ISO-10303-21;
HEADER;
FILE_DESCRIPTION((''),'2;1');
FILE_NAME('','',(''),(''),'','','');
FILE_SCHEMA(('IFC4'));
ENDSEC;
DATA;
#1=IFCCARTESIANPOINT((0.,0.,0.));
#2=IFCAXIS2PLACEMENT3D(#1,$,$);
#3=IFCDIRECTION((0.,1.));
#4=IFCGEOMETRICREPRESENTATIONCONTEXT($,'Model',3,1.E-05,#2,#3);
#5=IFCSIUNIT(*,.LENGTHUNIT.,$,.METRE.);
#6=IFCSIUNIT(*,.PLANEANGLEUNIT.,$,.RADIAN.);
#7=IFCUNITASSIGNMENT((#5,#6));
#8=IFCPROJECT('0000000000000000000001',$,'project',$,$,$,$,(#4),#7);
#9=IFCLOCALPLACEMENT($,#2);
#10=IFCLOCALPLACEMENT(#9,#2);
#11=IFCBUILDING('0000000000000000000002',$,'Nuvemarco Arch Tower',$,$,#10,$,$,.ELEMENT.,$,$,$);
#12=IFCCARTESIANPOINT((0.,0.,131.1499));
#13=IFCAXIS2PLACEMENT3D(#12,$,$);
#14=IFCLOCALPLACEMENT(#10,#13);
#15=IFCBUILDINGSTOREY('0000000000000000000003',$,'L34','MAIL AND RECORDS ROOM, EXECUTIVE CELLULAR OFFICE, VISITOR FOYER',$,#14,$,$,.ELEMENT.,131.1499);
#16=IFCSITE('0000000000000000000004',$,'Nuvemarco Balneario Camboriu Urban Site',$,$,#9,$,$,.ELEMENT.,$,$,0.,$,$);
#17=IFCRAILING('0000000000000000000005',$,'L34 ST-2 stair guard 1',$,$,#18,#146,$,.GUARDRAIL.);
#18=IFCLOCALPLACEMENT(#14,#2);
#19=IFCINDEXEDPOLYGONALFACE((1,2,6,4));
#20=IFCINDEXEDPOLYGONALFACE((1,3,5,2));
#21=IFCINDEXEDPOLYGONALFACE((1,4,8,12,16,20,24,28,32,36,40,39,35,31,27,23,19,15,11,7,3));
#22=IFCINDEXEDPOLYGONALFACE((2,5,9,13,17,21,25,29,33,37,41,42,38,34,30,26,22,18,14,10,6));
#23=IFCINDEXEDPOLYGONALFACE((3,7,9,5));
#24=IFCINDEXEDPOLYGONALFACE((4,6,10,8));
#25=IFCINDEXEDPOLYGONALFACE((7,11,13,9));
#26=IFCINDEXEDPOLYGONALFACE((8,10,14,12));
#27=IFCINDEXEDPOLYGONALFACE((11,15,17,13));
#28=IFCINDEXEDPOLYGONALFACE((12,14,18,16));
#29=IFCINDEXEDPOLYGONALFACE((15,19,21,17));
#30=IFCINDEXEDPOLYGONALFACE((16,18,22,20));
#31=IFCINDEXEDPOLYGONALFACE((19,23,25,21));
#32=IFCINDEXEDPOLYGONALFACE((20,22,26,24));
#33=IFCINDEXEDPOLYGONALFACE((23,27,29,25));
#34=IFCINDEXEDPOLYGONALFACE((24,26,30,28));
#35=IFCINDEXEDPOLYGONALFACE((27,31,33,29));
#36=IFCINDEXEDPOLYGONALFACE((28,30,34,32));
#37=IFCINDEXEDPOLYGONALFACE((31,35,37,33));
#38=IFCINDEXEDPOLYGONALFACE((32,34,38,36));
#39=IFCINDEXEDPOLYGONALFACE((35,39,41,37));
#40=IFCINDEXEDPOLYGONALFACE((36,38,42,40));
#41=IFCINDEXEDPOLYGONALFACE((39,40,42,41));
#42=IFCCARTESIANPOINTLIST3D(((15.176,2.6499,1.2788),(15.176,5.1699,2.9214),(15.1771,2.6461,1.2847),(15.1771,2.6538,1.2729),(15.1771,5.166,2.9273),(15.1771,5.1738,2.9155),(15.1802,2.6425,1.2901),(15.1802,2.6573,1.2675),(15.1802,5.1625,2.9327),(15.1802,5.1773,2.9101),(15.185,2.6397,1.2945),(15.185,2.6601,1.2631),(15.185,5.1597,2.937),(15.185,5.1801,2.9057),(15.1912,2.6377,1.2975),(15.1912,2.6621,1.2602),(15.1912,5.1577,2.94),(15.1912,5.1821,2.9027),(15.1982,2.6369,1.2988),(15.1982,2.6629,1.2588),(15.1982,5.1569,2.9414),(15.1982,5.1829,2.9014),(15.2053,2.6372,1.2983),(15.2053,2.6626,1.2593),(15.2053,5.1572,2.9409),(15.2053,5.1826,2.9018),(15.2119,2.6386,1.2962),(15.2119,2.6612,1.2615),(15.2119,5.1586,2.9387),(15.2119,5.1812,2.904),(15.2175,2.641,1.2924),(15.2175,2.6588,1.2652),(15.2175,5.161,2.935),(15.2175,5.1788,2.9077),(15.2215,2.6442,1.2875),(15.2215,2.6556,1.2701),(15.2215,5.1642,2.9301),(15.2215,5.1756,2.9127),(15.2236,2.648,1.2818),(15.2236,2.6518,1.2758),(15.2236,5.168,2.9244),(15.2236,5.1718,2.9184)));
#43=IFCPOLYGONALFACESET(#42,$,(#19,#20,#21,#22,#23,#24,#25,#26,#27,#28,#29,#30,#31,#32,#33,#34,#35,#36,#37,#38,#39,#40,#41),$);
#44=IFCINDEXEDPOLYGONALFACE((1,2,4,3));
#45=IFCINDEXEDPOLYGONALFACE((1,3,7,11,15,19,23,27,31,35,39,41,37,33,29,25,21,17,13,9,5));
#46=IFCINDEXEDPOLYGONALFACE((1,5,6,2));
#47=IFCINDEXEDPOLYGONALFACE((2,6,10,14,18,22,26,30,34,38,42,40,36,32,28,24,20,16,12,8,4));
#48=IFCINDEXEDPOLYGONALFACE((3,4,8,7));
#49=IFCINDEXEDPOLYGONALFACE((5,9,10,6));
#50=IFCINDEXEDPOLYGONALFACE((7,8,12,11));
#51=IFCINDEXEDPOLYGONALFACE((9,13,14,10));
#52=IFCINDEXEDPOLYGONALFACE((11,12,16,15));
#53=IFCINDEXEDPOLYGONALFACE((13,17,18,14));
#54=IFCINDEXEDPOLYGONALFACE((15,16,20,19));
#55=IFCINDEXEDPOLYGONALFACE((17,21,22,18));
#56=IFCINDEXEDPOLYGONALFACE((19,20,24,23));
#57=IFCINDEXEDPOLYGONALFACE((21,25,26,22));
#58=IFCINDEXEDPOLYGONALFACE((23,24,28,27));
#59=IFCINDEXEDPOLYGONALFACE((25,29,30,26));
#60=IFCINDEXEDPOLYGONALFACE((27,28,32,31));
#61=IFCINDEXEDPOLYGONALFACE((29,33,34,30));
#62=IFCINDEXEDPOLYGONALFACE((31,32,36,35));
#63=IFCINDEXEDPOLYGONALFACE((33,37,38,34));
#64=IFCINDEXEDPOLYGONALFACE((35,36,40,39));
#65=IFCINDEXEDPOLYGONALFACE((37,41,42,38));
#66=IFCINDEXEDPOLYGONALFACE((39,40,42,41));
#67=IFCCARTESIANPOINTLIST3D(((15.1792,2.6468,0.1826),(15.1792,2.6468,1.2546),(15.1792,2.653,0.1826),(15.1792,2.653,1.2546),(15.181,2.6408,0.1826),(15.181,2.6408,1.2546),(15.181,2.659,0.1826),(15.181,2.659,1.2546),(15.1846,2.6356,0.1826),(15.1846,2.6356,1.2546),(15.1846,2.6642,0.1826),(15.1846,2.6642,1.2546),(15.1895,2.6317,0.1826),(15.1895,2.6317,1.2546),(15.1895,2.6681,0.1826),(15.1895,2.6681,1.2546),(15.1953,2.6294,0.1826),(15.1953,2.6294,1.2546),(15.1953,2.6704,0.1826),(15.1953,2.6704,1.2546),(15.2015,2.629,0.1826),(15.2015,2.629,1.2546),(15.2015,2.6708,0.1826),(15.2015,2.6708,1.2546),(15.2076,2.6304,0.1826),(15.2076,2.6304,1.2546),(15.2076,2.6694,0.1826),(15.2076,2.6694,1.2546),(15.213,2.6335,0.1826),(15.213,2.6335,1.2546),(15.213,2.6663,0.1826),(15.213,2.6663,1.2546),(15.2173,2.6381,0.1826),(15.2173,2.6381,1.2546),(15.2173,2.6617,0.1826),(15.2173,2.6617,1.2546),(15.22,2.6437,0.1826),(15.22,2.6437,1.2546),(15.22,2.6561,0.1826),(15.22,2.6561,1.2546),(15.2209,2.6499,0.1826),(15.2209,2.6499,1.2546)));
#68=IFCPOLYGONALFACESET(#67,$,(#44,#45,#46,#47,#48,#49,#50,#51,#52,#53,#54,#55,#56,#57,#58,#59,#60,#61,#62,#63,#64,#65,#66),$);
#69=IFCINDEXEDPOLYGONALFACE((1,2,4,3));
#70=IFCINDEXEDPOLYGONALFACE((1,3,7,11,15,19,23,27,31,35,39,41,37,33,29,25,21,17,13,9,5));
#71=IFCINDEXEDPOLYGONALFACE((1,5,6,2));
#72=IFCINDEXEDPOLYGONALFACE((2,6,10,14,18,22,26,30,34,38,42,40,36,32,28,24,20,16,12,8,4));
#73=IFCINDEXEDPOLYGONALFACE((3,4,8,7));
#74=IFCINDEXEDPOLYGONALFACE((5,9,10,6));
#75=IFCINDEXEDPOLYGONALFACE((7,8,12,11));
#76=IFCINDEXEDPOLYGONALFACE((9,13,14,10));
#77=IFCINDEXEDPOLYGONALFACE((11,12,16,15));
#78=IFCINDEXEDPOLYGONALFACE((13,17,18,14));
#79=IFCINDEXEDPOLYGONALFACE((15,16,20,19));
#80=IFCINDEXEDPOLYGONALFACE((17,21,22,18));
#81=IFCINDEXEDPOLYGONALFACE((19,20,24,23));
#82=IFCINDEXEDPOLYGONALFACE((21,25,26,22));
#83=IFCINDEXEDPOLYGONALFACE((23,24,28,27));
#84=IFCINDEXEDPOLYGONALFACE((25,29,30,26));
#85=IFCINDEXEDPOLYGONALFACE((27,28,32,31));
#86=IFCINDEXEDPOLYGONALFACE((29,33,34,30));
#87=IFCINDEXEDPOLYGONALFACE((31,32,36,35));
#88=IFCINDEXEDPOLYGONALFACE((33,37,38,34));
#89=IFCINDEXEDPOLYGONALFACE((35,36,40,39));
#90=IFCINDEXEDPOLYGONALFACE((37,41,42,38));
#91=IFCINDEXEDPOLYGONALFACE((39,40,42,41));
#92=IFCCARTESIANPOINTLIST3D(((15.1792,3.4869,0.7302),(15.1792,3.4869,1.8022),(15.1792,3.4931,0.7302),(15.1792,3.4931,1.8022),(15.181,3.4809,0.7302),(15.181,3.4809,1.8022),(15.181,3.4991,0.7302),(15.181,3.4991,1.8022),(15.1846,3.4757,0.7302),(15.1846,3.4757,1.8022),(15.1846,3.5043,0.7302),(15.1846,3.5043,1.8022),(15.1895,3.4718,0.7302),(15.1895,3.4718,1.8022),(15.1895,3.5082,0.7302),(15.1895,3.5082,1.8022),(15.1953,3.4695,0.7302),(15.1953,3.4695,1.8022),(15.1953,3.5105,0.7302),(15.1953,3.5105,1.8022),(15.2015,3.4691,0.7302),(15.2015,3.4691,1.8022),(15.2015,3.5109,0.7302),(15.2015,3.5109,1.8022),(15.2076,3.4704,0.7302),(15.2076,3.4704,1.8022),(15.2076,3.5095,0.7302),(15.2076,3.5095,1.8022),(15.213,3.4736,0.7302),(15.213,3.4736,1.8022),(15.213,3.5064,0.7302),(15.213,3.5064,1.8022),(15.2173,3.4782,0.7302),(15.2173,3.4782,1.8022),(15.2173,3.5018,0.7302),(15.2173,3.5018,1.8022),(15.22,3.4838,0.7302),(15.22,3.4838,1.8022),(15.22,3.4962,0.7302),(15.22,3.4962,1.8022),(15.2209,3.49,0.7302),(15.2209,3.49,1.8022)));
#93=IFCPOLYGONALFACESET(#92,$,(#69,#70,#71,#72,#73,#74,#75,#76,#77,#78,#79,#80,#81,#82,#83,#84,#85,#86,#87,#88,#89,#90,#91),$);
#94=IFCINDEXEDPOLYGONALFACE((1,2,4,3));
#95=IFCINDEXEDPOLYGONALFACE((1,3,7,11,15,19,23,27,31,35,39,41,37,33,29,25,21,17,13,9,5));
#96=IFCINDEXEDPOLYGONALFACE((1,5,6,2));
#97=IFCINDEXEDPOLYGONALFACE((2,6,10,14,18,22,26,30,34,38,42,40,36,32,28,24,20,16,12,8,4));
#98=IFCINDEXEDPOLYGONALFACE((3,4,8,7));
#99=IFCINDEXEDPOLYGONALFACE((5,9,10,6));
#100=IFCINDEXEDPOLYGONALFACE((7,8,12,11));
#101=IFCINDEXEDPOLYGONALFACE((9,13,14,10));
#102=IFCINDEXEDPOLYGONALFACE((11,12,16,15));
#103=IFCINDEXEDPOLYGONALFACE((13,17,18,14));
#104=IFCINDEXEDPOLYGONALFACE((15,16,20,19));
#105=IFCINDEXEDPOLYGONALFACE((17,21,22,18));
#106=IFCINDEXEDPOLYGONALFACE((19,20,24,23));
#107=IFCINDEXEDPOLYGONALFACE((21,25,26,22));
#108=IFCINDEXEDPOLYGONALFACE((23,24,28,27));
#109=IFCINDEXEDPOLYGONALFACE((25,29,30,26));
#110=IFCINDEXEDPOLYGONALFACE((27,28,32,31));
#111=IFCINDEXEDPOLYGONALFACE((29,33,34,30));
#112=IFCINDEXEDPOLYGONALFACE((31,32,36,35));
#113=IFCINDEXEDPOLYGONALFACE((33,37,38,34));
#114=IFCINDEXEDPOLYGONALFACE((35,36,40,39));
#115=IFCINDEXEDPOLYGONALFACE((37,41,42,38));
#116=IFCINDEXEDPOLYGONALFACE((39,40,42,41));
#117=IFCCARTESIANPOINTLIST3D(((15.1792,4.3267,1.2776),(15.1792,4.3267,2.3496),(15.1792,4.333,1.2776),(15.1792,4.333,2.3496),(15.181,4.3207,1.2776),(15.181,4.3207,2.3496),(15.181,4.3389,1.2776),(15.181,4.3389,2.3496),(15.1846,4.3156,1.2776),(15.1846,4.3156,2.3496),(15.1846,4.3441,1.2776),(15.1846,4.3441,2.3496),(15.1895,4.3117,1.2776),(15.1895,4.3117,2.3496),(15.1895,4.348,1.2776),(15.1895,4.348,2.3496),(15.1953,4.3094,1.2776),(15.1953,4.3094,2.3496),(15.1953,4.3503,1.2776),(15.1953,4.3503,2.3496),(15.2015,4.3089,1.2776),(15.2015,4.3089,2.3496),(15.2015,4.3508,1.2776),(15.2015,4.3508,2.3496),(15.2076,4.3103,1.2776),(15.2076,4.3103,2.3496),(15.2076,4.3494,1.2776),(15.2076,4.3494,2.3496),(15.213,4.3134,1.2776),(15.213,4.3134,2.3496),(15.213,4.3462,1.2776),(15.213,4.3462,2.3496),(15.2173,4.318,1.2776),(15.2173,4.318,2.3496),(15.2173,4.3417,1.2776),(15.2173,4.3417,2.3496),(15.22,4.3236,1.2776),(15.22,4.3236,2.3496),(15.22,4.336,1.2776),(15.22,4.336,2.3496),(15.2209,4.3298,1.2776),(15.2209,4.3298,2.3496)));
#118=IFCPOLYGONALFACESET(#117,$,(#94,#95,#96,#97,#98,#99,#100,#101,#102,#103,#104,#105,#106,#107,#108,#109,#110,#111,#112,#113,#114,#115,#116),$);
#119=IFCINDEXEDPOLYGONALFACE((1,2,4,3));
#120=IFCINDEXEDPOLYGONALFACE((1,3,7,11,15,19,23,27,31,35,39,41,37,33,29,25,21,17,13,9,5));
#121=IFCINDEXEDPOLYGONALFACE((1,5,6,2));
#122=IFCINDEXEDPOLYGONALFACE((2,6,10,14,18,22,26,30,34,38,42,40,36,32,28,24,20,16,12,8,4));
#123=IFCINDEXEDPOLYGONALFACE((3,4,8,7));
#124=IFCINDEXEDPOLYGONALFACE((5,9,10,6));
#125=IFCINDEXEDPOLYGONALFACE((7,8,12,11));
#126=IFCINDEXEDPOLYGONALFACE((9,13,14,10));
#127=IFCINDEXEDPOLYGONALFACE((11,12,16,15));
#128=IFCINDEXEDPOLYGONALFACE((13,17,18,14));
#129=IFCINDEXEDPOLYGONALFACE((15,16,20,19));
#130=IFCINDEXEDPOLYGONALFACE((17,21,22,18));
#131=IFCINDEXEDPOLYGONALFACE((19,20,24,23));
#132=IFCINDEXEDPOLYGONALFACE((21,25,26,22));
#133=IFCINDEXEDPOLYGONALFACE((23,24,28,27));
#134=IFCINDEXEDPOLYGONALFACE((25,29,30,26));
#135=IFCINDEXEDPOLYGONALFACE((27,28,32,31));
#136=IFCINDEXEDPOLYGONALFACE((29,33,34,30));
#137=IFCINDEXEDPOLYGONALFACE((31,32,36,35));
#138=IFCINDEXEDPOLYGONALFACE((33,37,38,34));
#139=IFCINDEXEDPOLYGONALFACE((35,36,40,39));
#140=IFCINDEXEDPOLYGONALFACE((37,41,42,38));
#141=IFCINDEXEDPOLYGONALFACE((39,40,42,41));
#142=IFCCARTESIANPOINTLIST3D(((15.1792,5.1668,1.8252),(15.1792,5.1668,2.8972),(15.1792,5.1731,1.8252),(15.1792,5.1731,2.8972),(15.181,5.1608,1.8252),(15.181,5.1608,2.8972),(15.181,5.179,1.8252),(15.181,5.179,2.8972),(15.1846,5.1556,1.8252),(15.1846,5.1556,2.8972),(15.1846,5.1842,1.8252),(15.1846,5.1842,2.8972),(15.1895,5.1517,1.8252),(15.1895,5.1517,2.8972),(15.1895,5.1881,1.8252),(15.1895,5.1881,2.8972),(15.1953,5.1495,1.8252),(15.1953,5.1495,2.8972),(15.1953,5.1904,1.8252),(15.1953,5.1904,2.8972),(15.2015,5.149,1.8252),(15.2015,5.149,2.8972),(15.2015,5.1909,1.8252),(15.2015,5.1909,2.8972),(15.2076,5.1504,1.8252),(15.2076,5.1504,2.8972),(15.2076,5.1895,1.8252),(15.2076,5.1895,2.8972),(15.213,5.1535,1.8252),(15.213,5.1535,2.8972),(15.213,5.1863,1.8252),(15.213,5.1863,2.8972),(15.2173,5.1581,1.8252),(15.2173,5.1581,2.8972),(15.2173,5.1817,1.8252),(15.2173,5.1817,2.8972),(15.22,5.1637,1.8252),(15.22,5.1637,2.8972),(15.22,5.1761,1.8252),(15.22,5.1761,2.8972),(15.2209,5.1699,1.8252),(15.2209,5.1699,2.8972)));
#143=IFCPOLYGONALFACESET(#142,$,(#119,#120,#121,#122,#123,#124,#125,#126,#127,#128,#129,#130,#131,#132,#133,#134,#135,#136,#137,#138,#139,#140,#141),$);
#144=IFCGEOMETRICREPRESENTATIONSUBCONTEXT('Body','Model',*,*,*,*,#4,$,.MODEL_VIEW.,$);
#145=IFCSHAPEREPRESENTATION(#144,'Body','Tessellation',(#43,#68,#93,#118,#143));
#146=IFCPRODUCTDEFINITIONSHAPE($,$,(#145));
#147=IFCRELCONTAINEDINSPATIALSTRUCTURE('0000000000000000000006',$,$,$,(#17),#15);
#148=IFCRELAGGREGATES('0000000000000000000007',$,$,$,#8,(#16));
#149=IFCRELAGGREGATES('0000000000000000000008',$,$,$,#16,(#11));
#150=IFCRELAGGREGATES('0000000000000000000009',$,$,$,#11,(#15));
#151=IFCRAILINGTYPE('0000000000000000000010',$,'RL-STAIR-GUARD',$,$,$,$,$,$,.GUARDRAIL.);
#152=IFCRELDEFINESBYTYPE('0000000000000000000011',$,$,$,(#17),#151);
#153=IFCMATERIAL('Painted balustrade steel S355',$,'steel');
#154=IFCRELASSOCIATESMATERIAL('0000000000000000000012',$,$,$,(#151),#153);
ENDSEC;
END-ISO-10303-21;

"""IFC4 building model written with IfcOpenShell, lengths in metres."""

from ifc_helpers import new_model, si_unit, direction, frame, origin, origin_2d, place, context, subcontext, project, spatial, circle, extrude, material, type_object, element, save


model = new_model("IFC4")

# Units and contexts
model_context = context("Model", 3, precision=1e-05, world=origin(), true_north=direction((0.0, 1.0)))
body_context = subcontext(model_context, "Body", "Model", "MODEL_VIEW")
ifc_project = project(units=[si_unit("LENGTHUNIT", "METRE"), si_unit("PLANEANGLEUNIT", "RADIAN")], contexts=[model_context])

# Site, building, storey
site_placement = place(None, origin())
site = spatial("IfcSite", under=ifc_project, at=site_placement, Name="Nuvemarco Balneario Camboriu Urban Site", CompositionType="ELEMENT", RefElevation=0.0)
building_placement = place(site_placement, origin())
building = spatial("IfcBuilding", under=site, at=building_placement, Name="Nuvemarco Arch Tower", CompositionType="ELEMENT")
storey_placement = place(building_placement, frame((0.0, 0.0, 131.1499)))
storey = spatial("IfcBuildingStorey", under=building, at=storey_placement, Name="L34", Description="MAIL AND RECORDS ROOM, EXECUTIVE CELLULAR OFFICE, VISITOR FOYER", CompositionType="ELEMENT", Elevation=131.1499)

# Railing
ifc_material_1 = material(Name="Painted balustrade steel S355", Category="steel")
railing_type_1 = type_object("IfcRailingType", Name="RL-STAIR-GUARD", PredefinedType="GUARDRAIL", material=ifc_material_1)
railing_1_placement = place(storey_placement, frame((15.2, 2.6499, 0.1826)))
element("IfcRailing", 1, at=railing_1_placement, inside=storey, type_object=railing_type_1, Name="L34 ST-2 stair guard 1", PredefinedType="GUARDRAIL", context=body_context, shape_type="SweptSolid", body=[
    extrude(circle(Radius=0.0239, at=origin_2d()), frame((0.0, 0.0, 1.0962), z_axis=(0.0, 0.837749, 0.546055), x_axis=(-1.0, 0.0, 0.0)), (0.0, 0.0, 1.0), 3.0081),
    extrude(circle(Radius=0.021, at=origin_2d()), origin(), (0.0, 0.0, 1.0), 1.072),
    extrude(circle(Radius=0.021, at=origin_2d()), frame((0.0, 0.8401, 0.5476)), (0.0, 0.0, 1.0), 1.072),
    extrude(circle(Radius=0.021, at=origin_2d()), frame((0.0, 1.6799, 1.095)), (0.0, 0.0, 1.0), 1.072),
    extrude(circle(Radius=0.021, at=origin_2d()), frame((0.0, 2.52, 1.6426)), (0.0, 0.0, 1.0), 1.072),
])

save(model, "model.ifc")
